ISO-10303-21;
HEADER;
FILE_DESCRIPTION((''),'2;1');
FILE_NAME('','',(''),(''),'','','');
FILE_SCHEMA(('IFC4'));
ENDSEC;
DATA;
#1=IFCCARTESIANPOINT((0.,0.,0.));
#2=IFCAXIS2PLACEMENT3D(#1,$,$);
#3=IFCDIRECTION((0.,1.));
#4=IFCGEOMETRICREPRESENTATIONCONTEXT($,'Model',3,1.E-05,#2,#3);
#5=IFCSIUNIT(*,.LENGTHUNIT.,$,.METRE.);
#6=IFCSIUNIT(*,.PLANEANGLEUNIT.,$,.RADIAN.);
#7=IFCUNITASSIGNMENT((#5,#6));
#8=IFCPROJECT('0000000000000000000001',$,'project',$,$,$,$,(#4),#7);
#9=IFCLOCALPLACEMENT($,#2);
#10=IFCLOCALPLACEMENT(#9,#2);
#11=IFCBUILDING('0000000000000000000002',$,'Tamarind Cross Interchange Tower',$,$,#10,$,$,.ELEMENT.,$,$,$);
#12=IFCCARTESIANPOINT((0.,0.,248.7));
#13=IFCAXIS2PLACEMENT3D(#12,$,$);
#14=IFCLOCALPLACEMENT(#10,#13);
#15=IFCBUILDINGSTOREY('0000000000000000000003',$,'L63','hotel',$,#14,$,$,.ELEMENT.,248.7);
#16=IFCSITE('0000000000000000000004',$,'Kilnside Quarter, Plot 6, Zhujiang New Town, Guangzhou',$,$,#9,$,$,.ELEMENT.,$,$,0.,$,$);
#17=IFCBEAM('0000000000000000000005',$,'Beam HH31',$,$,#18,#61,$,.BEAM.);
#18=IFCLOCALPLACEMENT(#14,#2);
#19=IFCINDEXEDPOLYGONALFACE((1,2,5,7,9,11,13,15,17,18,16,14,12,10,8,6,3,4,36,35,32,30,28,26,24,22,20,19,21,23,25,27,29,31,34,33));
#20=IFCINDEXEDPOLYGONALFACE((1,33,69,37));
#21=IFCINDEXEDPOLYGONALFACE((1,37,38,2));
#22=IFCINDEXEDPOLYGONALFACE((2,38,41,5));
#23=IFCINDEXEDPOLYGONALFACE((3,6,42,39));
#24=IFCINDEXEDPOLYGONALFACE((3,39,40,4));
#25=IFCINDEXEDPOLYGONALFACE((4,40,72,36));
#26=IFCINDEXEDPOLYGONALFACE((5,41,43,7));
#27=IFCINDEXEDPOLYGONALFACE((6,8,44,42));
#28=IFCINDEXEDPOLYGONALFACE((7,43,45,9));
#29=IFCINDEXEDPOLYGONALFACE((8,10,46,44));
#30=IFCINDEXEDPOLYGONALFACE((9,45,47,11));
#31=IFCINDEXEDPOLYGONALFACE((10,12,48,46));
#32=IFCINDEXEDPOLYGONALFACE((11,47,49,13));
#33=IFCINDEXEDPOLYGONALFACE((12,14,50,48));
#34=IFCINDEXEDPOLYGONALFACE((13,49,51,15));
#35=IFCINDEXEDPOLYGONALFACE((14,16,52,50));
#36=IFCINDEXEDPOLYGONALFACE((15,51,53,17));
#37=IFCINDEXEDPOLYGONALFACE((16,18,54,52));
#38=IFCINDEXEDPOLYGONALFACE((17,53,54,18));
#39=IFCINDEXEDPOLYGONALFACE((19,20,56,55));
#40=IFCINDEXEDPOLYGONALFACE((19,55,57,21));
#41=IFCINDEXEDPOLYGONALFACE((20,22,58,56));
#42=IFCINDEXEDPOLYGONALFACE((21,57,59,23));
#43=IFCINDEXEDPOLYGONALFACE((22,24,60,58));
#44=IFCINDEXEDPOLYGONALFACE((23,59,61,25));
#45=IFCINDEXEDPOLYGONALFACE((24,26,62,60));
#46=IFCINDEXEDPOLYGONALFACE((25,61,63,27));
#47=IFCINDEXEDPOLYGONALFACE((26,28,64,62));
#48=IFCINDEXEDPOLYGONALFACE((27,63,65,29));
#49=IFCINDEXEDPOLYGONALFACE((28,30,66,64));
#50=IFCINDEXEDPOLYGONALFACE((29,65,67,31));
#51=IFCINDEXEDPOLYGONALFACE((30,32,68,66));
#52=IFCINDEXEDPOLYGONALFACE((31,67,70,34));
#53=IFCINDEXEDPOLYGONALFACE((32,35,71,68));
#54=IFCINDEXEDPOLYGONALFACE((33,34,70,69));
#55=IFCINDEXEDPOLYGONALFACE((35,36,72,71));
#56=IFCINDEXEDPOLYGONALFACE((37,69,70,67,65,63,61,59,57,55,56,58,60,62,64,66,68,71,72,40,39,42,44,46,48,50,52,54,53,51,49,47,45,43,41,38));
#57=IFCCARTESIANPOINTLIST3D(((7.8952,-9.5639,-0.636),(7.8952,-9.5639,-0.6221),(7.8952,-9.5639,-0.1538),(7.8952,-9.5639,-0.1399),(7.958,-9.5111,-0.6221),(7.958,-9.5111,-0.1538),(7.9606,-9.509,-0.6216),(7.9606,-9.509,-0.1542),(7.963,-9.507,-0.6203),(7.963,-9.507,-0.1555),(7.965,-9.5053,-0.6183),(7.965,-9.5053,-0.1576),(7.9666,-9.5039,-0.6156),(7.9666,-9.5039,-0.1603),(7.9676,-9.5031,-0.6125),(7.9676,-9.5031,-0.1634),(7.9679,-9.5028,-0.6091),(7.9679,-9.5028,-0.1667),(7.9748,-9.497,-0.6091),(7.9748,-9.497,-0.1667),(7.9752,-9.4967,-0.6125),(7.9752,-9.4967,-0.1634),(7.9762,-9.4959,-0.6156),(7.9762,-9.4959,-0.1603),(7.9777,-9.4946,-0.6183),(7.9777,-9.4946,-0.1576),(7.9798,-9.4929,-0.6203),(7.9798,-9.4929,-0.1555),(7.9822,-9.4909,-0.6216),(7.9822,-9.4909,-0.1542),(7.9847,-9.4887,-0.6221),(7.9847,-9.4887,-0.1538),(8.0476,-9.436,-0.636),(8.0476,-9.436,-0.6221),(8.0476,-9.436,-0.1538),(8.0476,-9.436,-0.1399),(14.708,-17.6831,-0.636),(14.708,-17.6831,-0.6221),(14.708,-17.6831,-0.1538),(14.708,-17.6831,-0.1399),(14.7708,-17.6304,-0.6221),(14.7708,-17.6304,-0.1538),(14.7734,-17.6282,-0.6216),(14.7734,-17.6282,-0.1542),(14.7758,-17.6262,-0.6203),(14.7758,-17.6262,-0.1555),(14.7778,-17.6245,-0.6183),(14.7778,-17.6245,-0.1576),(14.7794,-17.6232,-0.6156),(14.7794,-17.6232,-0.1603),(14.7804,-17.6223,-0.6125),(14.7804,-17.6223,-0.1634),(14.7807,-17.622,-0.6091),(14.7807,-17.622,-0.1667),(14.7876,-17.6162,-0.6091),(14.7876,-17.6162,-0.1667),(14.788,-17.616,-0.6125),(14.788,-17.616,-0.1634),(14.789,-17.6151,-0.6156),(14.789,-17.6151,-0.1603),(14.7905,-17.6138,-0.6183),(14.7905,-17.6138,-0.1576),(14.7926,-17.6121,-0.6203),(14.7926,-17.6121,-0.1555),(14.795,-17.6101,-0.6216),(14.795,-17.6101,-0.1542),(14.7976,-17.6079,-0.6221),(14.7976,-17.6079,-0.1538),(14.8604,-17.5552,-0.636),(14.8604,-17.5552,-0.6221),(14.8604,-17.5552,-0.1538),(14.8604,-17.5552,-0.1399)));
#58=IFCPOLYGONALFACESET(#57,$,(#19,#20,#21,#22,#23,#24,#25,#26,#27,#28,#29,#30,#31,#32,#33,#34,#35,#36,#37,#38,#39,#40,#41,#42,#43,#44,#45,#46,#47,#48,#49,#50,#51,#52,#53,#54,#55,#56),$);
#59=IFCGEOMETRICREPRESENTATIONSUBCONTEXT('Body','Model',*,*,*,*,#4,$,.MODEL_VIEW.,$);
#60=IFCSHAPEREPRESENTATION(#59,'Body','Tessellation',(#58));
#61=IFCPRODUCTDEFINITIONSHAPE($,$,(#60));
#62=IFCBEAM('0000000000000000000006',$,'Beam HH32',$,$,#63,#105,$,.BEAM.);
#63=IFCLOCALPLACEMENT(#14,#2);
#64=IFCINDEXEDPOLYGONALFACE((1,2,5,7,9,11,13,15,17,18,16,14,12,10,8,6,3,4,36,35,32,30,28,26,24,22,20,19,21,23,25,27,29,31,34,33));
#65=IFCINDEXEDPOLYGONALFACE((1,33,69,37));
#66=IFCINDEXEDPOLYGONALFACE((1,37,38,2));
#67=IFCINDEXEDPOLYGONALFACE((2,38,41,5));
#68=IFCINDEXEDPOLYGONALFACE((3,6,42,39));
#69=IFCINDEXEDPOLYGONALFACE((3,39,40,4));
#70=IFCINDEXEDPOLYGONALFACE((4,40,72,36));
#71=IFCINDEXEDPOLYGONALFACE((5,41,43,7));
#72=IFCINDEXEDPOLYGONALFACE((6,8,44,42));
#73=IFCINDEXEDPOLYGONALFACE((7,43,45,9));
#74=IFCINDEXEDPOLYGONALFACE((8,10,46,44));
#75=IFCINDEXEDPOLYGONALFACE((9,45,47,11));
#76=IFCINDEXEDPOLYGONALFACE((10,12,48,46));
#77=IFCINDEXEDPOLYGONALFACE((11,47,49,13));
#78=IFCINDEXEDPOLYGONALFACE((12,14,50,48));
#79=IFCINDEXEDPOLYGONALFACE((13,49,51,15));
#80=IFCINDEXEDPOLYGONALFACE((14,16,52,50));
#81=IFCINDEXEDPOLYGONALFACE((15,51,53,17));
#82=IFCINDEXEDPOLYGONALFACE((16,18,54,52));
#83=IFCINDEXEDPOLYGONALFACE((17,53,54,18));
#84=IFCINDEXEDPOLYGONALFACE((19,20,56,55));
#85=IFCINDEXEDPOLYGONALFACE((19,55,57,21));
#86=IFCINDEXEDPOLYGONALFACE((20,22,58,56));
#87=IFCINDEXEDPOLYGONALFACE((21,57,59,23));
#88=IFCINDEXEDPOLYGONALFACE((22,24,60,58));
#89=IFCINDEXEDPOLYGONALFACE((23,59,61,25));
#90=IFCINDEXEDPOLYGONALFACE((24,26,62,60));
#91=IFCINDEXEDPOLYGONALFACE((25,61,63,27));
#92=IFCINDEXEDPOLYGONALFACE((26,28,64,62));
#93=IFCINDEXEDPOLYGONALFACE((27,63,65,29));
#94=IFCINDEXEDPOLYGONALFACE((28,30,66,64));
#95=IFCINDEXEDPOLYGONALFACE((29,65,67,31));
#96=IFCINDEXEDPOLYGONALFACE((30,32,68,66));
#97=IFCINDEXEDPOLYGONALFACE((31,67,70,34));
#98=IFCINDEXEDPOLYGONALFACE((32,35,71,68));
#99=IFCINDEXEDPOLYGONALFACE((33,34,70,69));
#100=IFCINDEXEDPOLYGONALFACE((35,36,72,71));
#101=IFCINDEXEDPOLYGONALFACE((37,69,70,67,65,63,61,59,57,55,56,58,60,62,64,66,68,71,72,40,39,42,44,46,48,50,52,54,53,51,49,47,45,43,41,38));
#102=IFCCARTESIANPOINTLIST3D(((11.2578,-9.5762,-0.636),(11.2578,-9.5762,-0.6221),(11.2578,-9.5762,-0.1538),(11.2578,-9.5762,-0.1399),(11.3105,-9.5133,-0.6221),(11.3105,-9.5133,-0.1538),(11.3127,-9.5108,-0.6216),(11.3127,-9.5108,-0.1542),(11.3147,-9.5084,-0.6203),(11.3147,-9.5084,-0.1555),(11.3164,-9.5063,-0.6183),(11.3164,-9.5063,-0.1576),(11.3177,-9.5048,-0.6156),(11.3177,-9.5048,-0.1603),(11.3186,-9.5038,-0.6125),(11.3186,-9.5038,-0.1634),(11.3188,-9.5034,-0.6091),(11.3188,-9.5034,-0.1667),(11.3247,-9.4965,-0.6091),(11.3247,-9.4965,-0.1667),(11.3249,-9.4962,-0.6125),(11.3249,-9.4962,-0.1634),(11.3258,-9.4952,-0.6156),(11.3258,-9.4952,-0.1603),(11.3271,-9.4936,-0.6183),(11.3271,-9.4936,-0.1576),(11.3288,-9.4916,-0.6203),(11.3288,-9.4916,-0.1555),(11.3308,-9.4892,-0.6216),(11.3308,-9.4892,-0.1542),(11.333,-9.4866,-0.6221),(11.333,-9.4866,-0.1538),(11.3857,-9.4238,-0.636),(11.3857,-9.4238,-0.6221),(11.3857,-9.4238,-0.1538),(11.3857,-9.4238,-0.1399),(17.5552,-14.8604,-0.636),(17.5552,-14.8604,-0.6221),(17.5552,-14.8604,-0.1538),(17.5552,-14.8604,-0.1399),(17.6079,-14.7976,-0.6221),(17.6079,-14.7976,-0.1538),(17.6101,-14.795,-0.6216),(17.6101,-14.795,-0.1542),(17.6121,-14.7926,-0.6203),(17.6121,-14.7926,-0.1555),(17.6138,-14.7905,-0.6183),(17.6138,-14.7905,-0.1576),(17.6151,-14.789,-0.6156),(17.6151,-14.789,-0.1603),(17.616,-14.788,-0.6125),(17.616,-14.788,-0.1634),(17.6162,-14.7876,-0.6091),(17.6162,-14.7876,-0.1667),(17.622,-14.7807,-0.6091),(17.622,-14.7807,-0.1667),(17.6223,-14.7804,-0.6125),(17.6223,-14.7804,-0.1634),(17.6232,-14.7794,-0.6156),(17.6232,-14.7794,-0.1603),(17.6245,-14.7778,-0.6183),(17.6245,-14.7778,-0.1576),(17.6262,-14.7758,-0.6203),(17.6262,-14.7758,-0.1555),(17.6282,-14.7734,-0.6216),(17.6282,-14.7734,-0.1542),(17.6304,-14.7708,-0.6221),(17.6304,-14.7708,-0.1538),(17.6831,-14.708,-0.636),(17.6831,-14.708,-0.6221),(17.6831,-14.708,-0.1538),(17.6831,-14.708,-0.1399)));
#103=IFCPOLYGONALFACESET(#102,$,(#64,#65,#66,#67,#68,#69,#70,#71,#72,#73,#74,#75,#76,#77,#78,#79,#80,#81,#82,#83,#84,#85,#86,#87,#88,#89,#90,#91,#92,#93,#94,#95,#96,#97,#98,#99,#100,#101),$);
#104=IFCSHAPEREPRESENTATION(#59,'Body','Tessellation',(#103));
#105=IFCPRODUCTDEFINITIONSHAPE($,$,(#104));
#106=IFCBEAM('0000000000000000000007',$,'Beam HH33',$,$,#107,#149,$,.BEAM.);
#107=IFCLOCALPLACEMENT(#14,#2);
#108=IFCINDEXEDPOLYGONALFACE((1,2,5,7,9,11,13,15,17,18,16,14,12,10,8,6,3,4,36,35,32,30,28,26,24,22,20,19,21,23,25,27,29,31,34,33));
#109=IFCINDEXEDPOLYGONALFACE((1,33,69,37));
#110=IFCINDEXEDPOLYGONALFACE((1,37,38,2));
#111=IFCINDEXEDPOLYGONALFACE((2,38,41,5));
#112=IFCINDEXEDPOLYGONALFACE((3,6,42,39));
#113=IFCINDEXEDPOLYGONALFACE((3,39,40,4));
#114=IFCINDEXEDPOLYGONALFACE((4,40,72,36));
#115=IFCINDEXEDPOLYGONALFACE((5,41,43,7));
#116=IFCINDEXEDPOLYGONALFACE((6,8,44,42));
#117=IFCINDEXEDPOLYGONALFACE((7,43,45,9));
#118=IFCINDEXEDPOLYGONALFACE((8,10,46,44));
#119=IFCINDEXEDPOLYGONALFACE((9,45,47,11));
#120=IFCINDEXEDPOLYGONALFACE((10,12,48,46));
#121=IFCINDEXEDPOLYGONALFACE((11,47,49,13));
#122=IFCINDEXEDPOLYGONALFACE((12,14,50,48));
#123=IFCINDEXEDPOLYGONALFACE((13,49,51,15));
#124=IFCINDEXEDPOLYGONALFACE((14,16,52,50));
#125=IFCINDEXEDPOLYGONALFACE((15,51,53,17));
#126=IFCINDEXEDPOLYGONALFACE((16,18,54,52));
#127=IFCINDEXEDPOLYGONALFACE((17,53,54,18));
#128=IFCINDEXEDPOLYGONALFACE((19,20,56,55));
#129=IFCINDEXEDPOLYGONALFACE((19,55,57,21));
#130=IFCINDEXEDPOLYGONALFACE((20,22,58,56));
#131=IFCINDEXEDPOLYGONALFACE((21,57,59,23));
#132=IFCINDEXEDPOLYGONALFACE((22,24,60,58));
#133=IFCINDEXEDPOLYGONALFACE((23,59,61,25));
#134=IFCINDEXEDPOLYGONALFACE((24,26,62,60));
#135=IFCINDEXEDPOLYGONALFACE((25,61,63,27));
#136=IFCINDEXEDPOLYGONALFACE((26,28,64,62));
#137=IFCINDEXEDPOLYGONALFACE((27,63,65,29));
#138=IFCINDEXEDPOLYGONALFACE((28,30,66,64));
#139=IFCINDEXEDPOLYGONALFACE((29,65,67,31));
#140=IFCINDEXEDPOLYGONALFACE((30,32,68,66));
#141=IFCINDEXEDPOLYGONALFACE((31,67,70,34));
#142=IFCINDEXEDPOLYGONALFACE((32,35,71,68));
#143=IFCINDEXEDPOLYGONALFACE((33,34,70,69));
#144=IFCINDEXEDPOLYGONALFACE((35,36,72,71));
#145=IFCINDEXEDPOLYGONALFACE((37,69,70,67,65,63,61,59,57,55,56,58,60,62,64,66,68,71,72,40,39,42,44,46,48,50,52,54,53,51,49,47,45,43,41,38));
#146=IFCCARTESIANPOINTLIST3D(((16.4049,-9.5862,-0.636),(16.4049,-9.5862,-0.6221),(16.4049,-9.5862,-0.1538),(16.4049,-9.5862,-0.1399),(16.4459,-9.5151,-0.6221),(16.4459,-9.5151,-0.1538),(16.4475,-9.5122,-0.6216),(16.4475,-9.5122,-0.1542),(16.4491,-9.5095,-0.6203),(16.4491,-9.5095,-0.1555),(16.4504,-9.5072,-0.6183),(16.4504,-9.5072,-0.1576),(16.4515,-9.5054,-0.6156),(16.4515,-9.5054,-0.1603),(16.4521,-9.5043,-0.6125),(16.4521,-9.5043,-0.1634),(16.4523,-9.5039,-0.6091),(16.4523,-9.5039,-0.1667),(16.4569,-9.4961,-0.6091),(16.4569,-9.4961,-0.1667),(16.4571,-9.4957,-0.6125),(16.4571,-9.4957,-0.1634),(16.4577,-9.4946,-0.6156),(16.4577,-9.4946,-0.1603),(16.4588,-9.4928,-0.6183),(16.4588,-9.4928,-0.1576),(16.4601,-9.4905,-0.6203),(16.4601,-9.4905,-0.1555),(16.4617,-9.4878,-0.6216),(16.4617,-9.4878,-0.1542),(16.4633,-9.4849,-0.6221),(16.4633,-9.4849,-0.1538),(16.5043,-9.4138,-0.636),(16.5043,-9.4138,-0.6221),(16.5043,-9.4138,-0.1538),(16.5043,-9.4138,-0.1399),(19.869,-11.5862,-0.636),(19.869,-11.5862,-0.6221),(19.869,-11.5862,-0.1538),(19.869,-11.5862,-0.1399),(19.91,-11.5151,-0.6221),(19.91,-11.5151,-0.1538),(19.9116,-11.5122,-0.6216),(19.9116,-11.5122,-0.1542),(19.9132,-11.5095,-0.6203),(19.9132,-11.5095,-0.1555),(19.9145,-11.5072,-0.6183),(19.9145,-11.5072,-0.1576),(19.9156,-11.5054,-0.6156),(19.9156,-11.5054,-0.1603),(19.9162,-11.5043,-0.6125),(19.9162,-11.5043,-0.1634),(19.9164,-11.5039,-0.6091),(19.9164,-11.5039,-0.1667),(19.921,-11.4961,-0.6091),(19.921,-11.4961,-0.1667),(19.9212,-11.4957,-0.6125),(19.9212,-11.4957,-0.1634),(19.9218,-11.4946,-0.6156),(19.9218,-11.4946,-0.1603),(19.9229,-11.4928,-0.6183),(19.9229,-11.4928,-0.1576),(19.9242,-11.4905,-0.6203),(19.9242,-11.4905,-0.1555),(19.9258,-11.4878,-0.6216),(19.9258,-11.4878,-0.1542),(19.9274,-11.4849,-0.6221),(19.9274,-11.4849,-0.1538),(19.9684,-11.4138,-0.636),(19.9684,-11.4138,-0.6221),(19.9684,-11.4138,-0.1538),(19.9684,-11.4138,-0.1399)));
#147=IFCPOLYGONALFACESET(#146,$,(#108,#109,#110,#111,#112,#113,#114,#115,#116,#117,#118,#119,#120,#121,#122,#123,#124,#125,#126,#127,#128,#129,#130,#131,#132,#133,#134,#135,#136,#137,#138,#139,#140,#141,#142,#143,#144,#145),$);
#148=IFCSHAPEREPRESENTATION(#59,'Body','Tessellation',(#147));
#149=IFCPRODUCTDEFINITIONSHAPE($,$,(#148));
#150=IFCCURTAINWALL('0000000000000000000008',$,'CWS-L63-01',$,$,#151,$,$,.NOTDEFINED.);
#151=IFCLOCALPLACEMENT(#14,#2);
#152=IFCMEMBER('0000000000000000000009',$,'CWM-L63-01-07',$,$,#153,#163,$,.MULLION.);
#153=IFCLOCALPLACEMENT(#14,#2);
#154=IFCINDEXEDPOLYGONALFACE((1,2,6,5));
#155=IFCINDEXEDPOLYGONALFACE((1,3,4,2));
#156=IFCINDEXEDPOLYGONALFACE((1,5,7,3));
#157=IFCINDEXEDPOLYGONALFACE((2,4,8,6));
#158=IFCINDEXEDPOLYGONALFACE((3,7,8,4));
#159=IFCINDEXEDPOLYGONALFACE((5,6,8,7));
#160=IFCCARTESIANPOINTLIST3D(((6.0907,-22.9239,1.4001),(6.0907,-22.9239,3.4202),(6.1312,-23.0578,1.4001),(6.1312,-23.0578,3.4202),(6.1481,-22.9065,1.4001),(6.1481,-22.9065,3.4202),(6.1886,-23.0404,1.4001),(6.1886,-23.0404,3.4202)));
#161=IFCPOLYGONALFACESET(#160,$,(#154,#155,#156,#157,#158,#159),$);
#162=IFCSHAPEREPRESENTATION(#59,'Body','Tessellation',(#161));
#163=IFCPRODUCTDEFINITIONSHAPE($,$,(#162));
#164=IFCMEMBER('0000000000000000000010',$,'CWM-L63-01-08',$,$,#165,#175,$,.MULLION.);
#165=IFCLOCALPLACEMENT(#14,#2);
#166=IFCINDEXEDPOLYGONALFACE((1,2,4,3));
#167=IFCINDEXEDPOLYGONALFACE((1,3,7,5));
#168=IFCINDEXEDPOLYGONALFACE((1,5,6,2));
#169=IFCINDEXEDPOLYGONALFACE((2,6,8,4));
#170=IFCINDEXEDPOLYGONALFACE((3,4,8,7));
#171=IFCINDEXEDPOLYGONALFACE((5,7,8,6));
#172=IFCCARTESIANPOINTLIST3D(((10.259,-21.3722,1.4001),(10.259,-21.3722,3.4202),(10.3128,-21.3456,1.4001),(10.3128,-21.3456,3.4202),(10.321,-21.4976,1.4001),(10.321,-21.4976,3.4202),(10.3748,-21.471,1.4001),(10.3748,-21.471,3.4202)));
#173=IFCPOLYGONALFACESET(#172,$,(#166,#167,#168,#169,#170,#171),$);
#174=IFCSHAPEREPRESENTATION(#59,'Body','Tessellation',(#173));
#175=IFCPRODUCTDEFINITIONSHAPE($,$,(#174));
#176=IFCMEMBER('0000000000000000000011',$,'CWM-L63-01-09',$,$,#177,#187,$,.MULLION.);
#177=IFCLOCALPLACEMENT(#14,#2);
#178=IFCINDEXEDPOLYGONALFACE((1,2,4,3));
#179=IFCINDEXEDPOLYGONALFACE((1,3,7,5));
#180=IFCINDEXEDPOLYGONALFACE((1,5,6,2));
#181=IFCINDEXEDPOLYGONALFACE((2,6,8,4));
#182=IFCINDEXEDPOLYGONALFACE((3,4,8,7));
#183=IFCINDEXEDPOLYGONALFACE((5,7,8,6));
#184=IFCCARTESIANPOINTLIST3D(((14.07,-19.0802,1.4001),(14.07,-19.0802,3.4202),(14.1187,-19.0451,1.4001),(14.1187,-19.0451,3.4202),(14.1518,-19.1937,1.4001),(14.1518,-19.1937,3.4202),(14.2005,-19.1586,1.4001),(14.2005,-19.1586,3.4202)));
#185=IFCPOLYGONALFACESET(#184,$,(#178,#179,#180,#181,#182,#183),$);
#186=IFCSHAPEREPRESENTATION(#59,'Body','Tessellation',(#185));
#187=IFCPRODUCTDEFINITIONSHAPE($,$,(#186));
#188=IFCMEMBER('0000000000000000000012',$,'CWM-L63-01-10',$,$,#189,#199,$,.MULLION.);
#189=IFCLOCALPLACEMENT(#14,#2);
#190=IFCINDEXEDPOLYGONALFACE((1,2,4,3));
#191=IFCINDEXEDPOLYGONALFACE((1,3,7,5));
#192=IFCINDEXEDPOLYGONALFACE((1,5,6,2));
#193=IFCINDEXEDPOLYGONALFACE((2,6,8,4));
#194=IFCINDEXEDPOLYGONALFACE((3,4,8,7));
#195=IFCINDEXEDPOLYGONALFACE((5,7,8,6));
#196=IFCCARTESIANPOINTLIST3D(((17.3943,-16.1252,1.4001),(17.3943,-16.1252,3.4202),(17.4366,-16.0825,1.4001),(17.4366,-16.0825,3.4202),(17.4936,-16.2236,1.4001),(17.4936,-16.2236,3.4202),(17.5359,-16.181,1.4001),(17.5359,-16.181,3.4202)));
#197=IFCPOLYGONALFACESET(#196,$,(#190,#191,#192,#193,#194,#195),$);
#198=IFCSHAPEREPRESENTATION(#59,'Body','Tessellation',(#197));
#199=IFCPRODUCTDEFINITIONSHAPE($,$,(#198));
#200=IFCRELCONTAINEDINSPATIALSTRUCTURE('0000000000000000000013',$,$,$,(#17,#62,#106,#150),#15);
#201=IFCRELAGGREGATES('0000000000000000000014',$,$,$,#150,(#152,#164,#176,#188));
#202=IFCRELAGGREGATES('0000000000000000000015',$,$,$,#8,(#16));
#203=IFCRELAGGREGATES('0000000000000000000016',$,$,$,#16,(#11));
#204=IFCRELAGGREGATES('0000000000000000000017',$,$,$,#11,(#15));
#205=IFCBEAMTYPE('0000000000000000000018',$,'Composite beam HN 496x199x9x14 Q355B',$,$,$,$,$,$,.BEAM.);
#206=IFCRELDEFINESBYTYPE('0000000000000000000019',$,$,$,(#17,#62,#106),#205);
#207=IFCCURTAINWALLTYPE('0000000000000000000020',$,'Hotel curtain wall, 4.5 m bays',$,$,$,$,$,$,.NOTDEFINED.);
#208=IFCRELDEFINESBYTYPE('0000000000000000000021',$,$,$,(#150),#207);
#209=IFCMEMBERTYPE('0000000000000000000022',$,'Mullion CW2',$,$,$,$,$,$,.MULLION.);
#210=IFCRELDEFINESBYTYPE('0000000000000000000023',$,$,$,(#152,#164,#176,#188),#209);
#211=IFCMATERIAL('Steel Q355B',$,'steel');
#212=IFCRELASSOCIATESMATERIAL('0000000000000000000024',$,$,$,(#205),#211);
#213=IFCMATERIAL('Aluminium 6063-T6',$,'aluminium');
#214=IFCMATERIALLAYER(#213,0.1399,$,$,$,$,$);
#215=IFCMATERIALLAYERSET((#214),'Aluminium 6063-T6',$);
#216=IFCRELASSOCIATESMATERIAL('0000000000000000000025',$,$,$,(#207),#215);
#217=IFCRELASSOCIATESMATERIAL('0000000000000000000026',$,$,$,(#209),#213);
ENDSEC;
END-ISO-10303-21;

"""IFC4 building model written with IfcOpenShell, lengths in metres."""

from ifc_helpers import new_model, si_unit, direction, frame, origin, origin_2d, place, context, subcontext, project, spatial, rectangle, i_section, extrude, material, layer, layer_set, material_profile, profile_set, type_object, element, aggregate, save


model = new_model("IFC4")

# Units and contexts
model_context = context("Model", 3, precision=1e-05, world=origin(), true_north=direction((0.0, 1.0)))
body_context = subcontext(model_context, "Body", "Model", "MODEL_VIEW")
ifc_project = project(units=[si_unit("LENGTHUNIT", "METRE"), si_unit("PLANEANGLEUNIT", "RADIAN")], contexts=[model_context])

# Site, building, storey
site_placement = place(None, origin())
site = spatial("IfcSite", under=ifc_project, at=site_placement, Name="Kilnside Quarter, Plot 6, Zhujiang New Town, Guangzhou", CompositionType="ELEMENT", RefElevation=0.0)
building_placement = place(site_placement, origin())
building = spatial("IfcBuilding", under=site, at=building_placement, Name="Tamarind Cross Interchange Tower", CompositionType="ELEMENT")
storey_placement = place(building_placement, frame((0.0, 0.0, 248.7)))
storey = spatial("IfcBuildingStorey", under=building, at=storey_placement, Name="L63", Description="hotel", CompositionType="ELEMENT", Elevation=248.7)

# Beams
ifc_material_1 = material(Name="Steel Q355B", Category="steel")
ifc_material_profile_1 = material_profile(ifc_material_1, i_section(OverallWidth=0.199, OverallDepth=0.4961, WebThickness=0.009, FlangeThickness=0.0139, FilletRadius=0.0129, at=origin_2d()), Name="HN 496x199x9x14")
ifc_profile_set_1 = profile_set([ifc_material_profile_1], Name="Steel Q355B")
beam_type = type_object("IfcBeamType", Name="Composite beam HN 496x199x9x14 Q355B", PredefinedType="BEAM", material=ifc_profile_set_1)
beam_1_placement = place(storey_placement, frame((14.7842, -17.6191, -0.3879), z_axis=(-0.642786, 0.766046, 0.0), x_axis=(-0.766046, -0.642786, 0.0)))
element("IfcBeam", 1, at=beam_1_placement, inside=storey, type_object=beam_type, Name="Beam HH31", PredefinedType="BEAM", context=body_context, shape_type="SweptSolid", body=[
    extrude(i_section(OverallWidth=0.199, OverallDepth=0.4961, WebThickness=0.009, FlangeThickness=0.0139, FilletRadius=0.0129, at=origin_2d()), origin(), (0.0, 0.0, 1.0), 10.5989),
])
beam_2_placement = place(storey_placement, frame((17.6191, -14.7842, -0.3879), z_axis=(-0.766041, 0.642792, 0.0), x_axis=(-0.642792, -0.766041, 0.0)))
element("IfcBeam", 2, at=beam_2_placement, inside=storey, type_object=beam_type, Name="Beam HH32", PredefinedType="BEAM", context=body_context, shape_type="SweptSolid", body=[
    extrude(i_section(OverallWidth=0.199, OverallDepth=0.4961, WebThickness=0.009, FlangeThickness=0.0139, FilletRadius=0.0129, at=origin_2d()), origin(), (0.0, 0.0, 1.0), 8.2207),
])
beam_3_placement = place(storey_placement, frame((19.9187, -11.5, -0.3879), z_axis=(-0.866026, 0.499999, 0.0), x_axis=(-0.499999, -0.866026, 0.0)))
element("IfcBeam", 3, at=beam_3_placement, inside=storey, type_object=beam_type, Name="Beam HH33", PredefinedType="BEAM", context=body_context, shape_type="SweptSolid", body=[
    extrude(i_section(OverallWidth=0.199, OverallDepth=0.4961, WebThickness=0.009, FlangeThickness=0.0139, FilletRadius=0.0129, at=origin_2d()), origin(), (0.0, 0.0, 1.0), 4.0),
])

# Curtain wall, members
ifc_material_2 = material(Name="Aluminium 6063-T6", Category="aluminium")
ifc_layer_1 = layer(ifc_material_2, 0.1399)
ifc_layer_set_1 = layer_set([ifc_layer_1], Name="Aluminium 6063-T6")
curtain_wall_type = type_object("IfcCurtainWallType", Name="Hotel curtain wall, 4.5 m bays", PredefinedType="NOTDEFINED", material=ifc_layer_set_1)
curtain_wall_placement = place(storey_placement, origin())
curtain_wall = element("IfcCurtainWall", 4, at=curtain_wall_placement, inside=storey, type_object=curtain_wall_type, Name="CWS-L63-01", PredefinedType="NOTDEFINED")
ifc_material_profile_2 = material_profile(ifc_material_2, rectangle(XDim=0.0601, YDim=0.1399, at=origin_2d()), Name="Mullion CW2")
ifc_profile_set_2 = profile_set([ifc_material_profile_2], Name="Aluminium 6063-T6")
member_type = type_object("IfcMemberType", Name="Mullion CW2", PredefinedType="MULLION", material=ifc_profile_set_2)
member_1_placement = place(storey_placement, frame((6.1396, -22.9822, 1.4001), z_axis=(0.0, 0.0, 1.0), x_axis=(0.957191, 0.289458, 0.0)))
member_1 = element("IfcMember", 5, at=member_1_placement, type_object=member_type, Name="CWM-L63-01-07", PredefinedType="MULLION", context=body_context, shape_type="SweptSolid", body=[
    extrude(rectangle(XDim=0.0601, YDim=0.1399, at=origin_2d()), origin(), (0.0, 0.0, 1.0), 2.02),
])
member_2_placement = place(storey_placement, frame((10.3169, -21.4216, 1.4001), z_axis=(0.0, 0.0, 1.0), x_axis=(0.896493, 0.443059, 0.0)))
member_2 = element("IfcMember", 6, at=member_2_placement, type_object=member_type, Name="CWM-L63-01-08", PredefinedType="MULLION", context=body_context, shape_type="SweptSolid", body=[
    extrude(rectangle(XDim=0.0601, YDim=0.1399, at=origin_2d()), origin(), (0.0, 0.0, 1.0), 2.02),
])
member_3_placement = place(storey_placement, frame((14.1353, -19.1194, 1.4001), z_axis=(0.0, 0.0, 1.0), x_axis=(0.81134, 0.584574, 0.0)))
member_3 = element("IfcMember", 7, at=member_3_placement, type_object=member_type, Name="CWM-L63-01-09", PredefinedType="MULLION", context=body_context, shape_type="SweptSolid", body=[
    extrude(rectangle(XDim=0.0601, YDim=0.1399, at=origin_2d()), origin(), (0.0, 0.0, 1.0), 2.02),
])
member_4_placement = place(storey_placement, frame((17.4651, -16.1531, 1.4001), z_axis=(0.0, 0.0, 1.0), x_axis=(0.704057, 0.710143, 0.0)))
member_4 = element("IfcMember", 8, at=member_4_placement, type_object=member_type, Name="CWM-L63-01-10", PredefinedType="MULLION", context=body_context, shape_type="SweptSolid", body=[
    extrude(rectangle(XDim=0.0601, YDim=0.1399, at=origin_2d()), origin(), (0.0, 0.0, 1.0), 2.02),
])
aggregate(curtain_wall, [member_1, member_2, member_3, member_4])

save(model, "model.ifc")
